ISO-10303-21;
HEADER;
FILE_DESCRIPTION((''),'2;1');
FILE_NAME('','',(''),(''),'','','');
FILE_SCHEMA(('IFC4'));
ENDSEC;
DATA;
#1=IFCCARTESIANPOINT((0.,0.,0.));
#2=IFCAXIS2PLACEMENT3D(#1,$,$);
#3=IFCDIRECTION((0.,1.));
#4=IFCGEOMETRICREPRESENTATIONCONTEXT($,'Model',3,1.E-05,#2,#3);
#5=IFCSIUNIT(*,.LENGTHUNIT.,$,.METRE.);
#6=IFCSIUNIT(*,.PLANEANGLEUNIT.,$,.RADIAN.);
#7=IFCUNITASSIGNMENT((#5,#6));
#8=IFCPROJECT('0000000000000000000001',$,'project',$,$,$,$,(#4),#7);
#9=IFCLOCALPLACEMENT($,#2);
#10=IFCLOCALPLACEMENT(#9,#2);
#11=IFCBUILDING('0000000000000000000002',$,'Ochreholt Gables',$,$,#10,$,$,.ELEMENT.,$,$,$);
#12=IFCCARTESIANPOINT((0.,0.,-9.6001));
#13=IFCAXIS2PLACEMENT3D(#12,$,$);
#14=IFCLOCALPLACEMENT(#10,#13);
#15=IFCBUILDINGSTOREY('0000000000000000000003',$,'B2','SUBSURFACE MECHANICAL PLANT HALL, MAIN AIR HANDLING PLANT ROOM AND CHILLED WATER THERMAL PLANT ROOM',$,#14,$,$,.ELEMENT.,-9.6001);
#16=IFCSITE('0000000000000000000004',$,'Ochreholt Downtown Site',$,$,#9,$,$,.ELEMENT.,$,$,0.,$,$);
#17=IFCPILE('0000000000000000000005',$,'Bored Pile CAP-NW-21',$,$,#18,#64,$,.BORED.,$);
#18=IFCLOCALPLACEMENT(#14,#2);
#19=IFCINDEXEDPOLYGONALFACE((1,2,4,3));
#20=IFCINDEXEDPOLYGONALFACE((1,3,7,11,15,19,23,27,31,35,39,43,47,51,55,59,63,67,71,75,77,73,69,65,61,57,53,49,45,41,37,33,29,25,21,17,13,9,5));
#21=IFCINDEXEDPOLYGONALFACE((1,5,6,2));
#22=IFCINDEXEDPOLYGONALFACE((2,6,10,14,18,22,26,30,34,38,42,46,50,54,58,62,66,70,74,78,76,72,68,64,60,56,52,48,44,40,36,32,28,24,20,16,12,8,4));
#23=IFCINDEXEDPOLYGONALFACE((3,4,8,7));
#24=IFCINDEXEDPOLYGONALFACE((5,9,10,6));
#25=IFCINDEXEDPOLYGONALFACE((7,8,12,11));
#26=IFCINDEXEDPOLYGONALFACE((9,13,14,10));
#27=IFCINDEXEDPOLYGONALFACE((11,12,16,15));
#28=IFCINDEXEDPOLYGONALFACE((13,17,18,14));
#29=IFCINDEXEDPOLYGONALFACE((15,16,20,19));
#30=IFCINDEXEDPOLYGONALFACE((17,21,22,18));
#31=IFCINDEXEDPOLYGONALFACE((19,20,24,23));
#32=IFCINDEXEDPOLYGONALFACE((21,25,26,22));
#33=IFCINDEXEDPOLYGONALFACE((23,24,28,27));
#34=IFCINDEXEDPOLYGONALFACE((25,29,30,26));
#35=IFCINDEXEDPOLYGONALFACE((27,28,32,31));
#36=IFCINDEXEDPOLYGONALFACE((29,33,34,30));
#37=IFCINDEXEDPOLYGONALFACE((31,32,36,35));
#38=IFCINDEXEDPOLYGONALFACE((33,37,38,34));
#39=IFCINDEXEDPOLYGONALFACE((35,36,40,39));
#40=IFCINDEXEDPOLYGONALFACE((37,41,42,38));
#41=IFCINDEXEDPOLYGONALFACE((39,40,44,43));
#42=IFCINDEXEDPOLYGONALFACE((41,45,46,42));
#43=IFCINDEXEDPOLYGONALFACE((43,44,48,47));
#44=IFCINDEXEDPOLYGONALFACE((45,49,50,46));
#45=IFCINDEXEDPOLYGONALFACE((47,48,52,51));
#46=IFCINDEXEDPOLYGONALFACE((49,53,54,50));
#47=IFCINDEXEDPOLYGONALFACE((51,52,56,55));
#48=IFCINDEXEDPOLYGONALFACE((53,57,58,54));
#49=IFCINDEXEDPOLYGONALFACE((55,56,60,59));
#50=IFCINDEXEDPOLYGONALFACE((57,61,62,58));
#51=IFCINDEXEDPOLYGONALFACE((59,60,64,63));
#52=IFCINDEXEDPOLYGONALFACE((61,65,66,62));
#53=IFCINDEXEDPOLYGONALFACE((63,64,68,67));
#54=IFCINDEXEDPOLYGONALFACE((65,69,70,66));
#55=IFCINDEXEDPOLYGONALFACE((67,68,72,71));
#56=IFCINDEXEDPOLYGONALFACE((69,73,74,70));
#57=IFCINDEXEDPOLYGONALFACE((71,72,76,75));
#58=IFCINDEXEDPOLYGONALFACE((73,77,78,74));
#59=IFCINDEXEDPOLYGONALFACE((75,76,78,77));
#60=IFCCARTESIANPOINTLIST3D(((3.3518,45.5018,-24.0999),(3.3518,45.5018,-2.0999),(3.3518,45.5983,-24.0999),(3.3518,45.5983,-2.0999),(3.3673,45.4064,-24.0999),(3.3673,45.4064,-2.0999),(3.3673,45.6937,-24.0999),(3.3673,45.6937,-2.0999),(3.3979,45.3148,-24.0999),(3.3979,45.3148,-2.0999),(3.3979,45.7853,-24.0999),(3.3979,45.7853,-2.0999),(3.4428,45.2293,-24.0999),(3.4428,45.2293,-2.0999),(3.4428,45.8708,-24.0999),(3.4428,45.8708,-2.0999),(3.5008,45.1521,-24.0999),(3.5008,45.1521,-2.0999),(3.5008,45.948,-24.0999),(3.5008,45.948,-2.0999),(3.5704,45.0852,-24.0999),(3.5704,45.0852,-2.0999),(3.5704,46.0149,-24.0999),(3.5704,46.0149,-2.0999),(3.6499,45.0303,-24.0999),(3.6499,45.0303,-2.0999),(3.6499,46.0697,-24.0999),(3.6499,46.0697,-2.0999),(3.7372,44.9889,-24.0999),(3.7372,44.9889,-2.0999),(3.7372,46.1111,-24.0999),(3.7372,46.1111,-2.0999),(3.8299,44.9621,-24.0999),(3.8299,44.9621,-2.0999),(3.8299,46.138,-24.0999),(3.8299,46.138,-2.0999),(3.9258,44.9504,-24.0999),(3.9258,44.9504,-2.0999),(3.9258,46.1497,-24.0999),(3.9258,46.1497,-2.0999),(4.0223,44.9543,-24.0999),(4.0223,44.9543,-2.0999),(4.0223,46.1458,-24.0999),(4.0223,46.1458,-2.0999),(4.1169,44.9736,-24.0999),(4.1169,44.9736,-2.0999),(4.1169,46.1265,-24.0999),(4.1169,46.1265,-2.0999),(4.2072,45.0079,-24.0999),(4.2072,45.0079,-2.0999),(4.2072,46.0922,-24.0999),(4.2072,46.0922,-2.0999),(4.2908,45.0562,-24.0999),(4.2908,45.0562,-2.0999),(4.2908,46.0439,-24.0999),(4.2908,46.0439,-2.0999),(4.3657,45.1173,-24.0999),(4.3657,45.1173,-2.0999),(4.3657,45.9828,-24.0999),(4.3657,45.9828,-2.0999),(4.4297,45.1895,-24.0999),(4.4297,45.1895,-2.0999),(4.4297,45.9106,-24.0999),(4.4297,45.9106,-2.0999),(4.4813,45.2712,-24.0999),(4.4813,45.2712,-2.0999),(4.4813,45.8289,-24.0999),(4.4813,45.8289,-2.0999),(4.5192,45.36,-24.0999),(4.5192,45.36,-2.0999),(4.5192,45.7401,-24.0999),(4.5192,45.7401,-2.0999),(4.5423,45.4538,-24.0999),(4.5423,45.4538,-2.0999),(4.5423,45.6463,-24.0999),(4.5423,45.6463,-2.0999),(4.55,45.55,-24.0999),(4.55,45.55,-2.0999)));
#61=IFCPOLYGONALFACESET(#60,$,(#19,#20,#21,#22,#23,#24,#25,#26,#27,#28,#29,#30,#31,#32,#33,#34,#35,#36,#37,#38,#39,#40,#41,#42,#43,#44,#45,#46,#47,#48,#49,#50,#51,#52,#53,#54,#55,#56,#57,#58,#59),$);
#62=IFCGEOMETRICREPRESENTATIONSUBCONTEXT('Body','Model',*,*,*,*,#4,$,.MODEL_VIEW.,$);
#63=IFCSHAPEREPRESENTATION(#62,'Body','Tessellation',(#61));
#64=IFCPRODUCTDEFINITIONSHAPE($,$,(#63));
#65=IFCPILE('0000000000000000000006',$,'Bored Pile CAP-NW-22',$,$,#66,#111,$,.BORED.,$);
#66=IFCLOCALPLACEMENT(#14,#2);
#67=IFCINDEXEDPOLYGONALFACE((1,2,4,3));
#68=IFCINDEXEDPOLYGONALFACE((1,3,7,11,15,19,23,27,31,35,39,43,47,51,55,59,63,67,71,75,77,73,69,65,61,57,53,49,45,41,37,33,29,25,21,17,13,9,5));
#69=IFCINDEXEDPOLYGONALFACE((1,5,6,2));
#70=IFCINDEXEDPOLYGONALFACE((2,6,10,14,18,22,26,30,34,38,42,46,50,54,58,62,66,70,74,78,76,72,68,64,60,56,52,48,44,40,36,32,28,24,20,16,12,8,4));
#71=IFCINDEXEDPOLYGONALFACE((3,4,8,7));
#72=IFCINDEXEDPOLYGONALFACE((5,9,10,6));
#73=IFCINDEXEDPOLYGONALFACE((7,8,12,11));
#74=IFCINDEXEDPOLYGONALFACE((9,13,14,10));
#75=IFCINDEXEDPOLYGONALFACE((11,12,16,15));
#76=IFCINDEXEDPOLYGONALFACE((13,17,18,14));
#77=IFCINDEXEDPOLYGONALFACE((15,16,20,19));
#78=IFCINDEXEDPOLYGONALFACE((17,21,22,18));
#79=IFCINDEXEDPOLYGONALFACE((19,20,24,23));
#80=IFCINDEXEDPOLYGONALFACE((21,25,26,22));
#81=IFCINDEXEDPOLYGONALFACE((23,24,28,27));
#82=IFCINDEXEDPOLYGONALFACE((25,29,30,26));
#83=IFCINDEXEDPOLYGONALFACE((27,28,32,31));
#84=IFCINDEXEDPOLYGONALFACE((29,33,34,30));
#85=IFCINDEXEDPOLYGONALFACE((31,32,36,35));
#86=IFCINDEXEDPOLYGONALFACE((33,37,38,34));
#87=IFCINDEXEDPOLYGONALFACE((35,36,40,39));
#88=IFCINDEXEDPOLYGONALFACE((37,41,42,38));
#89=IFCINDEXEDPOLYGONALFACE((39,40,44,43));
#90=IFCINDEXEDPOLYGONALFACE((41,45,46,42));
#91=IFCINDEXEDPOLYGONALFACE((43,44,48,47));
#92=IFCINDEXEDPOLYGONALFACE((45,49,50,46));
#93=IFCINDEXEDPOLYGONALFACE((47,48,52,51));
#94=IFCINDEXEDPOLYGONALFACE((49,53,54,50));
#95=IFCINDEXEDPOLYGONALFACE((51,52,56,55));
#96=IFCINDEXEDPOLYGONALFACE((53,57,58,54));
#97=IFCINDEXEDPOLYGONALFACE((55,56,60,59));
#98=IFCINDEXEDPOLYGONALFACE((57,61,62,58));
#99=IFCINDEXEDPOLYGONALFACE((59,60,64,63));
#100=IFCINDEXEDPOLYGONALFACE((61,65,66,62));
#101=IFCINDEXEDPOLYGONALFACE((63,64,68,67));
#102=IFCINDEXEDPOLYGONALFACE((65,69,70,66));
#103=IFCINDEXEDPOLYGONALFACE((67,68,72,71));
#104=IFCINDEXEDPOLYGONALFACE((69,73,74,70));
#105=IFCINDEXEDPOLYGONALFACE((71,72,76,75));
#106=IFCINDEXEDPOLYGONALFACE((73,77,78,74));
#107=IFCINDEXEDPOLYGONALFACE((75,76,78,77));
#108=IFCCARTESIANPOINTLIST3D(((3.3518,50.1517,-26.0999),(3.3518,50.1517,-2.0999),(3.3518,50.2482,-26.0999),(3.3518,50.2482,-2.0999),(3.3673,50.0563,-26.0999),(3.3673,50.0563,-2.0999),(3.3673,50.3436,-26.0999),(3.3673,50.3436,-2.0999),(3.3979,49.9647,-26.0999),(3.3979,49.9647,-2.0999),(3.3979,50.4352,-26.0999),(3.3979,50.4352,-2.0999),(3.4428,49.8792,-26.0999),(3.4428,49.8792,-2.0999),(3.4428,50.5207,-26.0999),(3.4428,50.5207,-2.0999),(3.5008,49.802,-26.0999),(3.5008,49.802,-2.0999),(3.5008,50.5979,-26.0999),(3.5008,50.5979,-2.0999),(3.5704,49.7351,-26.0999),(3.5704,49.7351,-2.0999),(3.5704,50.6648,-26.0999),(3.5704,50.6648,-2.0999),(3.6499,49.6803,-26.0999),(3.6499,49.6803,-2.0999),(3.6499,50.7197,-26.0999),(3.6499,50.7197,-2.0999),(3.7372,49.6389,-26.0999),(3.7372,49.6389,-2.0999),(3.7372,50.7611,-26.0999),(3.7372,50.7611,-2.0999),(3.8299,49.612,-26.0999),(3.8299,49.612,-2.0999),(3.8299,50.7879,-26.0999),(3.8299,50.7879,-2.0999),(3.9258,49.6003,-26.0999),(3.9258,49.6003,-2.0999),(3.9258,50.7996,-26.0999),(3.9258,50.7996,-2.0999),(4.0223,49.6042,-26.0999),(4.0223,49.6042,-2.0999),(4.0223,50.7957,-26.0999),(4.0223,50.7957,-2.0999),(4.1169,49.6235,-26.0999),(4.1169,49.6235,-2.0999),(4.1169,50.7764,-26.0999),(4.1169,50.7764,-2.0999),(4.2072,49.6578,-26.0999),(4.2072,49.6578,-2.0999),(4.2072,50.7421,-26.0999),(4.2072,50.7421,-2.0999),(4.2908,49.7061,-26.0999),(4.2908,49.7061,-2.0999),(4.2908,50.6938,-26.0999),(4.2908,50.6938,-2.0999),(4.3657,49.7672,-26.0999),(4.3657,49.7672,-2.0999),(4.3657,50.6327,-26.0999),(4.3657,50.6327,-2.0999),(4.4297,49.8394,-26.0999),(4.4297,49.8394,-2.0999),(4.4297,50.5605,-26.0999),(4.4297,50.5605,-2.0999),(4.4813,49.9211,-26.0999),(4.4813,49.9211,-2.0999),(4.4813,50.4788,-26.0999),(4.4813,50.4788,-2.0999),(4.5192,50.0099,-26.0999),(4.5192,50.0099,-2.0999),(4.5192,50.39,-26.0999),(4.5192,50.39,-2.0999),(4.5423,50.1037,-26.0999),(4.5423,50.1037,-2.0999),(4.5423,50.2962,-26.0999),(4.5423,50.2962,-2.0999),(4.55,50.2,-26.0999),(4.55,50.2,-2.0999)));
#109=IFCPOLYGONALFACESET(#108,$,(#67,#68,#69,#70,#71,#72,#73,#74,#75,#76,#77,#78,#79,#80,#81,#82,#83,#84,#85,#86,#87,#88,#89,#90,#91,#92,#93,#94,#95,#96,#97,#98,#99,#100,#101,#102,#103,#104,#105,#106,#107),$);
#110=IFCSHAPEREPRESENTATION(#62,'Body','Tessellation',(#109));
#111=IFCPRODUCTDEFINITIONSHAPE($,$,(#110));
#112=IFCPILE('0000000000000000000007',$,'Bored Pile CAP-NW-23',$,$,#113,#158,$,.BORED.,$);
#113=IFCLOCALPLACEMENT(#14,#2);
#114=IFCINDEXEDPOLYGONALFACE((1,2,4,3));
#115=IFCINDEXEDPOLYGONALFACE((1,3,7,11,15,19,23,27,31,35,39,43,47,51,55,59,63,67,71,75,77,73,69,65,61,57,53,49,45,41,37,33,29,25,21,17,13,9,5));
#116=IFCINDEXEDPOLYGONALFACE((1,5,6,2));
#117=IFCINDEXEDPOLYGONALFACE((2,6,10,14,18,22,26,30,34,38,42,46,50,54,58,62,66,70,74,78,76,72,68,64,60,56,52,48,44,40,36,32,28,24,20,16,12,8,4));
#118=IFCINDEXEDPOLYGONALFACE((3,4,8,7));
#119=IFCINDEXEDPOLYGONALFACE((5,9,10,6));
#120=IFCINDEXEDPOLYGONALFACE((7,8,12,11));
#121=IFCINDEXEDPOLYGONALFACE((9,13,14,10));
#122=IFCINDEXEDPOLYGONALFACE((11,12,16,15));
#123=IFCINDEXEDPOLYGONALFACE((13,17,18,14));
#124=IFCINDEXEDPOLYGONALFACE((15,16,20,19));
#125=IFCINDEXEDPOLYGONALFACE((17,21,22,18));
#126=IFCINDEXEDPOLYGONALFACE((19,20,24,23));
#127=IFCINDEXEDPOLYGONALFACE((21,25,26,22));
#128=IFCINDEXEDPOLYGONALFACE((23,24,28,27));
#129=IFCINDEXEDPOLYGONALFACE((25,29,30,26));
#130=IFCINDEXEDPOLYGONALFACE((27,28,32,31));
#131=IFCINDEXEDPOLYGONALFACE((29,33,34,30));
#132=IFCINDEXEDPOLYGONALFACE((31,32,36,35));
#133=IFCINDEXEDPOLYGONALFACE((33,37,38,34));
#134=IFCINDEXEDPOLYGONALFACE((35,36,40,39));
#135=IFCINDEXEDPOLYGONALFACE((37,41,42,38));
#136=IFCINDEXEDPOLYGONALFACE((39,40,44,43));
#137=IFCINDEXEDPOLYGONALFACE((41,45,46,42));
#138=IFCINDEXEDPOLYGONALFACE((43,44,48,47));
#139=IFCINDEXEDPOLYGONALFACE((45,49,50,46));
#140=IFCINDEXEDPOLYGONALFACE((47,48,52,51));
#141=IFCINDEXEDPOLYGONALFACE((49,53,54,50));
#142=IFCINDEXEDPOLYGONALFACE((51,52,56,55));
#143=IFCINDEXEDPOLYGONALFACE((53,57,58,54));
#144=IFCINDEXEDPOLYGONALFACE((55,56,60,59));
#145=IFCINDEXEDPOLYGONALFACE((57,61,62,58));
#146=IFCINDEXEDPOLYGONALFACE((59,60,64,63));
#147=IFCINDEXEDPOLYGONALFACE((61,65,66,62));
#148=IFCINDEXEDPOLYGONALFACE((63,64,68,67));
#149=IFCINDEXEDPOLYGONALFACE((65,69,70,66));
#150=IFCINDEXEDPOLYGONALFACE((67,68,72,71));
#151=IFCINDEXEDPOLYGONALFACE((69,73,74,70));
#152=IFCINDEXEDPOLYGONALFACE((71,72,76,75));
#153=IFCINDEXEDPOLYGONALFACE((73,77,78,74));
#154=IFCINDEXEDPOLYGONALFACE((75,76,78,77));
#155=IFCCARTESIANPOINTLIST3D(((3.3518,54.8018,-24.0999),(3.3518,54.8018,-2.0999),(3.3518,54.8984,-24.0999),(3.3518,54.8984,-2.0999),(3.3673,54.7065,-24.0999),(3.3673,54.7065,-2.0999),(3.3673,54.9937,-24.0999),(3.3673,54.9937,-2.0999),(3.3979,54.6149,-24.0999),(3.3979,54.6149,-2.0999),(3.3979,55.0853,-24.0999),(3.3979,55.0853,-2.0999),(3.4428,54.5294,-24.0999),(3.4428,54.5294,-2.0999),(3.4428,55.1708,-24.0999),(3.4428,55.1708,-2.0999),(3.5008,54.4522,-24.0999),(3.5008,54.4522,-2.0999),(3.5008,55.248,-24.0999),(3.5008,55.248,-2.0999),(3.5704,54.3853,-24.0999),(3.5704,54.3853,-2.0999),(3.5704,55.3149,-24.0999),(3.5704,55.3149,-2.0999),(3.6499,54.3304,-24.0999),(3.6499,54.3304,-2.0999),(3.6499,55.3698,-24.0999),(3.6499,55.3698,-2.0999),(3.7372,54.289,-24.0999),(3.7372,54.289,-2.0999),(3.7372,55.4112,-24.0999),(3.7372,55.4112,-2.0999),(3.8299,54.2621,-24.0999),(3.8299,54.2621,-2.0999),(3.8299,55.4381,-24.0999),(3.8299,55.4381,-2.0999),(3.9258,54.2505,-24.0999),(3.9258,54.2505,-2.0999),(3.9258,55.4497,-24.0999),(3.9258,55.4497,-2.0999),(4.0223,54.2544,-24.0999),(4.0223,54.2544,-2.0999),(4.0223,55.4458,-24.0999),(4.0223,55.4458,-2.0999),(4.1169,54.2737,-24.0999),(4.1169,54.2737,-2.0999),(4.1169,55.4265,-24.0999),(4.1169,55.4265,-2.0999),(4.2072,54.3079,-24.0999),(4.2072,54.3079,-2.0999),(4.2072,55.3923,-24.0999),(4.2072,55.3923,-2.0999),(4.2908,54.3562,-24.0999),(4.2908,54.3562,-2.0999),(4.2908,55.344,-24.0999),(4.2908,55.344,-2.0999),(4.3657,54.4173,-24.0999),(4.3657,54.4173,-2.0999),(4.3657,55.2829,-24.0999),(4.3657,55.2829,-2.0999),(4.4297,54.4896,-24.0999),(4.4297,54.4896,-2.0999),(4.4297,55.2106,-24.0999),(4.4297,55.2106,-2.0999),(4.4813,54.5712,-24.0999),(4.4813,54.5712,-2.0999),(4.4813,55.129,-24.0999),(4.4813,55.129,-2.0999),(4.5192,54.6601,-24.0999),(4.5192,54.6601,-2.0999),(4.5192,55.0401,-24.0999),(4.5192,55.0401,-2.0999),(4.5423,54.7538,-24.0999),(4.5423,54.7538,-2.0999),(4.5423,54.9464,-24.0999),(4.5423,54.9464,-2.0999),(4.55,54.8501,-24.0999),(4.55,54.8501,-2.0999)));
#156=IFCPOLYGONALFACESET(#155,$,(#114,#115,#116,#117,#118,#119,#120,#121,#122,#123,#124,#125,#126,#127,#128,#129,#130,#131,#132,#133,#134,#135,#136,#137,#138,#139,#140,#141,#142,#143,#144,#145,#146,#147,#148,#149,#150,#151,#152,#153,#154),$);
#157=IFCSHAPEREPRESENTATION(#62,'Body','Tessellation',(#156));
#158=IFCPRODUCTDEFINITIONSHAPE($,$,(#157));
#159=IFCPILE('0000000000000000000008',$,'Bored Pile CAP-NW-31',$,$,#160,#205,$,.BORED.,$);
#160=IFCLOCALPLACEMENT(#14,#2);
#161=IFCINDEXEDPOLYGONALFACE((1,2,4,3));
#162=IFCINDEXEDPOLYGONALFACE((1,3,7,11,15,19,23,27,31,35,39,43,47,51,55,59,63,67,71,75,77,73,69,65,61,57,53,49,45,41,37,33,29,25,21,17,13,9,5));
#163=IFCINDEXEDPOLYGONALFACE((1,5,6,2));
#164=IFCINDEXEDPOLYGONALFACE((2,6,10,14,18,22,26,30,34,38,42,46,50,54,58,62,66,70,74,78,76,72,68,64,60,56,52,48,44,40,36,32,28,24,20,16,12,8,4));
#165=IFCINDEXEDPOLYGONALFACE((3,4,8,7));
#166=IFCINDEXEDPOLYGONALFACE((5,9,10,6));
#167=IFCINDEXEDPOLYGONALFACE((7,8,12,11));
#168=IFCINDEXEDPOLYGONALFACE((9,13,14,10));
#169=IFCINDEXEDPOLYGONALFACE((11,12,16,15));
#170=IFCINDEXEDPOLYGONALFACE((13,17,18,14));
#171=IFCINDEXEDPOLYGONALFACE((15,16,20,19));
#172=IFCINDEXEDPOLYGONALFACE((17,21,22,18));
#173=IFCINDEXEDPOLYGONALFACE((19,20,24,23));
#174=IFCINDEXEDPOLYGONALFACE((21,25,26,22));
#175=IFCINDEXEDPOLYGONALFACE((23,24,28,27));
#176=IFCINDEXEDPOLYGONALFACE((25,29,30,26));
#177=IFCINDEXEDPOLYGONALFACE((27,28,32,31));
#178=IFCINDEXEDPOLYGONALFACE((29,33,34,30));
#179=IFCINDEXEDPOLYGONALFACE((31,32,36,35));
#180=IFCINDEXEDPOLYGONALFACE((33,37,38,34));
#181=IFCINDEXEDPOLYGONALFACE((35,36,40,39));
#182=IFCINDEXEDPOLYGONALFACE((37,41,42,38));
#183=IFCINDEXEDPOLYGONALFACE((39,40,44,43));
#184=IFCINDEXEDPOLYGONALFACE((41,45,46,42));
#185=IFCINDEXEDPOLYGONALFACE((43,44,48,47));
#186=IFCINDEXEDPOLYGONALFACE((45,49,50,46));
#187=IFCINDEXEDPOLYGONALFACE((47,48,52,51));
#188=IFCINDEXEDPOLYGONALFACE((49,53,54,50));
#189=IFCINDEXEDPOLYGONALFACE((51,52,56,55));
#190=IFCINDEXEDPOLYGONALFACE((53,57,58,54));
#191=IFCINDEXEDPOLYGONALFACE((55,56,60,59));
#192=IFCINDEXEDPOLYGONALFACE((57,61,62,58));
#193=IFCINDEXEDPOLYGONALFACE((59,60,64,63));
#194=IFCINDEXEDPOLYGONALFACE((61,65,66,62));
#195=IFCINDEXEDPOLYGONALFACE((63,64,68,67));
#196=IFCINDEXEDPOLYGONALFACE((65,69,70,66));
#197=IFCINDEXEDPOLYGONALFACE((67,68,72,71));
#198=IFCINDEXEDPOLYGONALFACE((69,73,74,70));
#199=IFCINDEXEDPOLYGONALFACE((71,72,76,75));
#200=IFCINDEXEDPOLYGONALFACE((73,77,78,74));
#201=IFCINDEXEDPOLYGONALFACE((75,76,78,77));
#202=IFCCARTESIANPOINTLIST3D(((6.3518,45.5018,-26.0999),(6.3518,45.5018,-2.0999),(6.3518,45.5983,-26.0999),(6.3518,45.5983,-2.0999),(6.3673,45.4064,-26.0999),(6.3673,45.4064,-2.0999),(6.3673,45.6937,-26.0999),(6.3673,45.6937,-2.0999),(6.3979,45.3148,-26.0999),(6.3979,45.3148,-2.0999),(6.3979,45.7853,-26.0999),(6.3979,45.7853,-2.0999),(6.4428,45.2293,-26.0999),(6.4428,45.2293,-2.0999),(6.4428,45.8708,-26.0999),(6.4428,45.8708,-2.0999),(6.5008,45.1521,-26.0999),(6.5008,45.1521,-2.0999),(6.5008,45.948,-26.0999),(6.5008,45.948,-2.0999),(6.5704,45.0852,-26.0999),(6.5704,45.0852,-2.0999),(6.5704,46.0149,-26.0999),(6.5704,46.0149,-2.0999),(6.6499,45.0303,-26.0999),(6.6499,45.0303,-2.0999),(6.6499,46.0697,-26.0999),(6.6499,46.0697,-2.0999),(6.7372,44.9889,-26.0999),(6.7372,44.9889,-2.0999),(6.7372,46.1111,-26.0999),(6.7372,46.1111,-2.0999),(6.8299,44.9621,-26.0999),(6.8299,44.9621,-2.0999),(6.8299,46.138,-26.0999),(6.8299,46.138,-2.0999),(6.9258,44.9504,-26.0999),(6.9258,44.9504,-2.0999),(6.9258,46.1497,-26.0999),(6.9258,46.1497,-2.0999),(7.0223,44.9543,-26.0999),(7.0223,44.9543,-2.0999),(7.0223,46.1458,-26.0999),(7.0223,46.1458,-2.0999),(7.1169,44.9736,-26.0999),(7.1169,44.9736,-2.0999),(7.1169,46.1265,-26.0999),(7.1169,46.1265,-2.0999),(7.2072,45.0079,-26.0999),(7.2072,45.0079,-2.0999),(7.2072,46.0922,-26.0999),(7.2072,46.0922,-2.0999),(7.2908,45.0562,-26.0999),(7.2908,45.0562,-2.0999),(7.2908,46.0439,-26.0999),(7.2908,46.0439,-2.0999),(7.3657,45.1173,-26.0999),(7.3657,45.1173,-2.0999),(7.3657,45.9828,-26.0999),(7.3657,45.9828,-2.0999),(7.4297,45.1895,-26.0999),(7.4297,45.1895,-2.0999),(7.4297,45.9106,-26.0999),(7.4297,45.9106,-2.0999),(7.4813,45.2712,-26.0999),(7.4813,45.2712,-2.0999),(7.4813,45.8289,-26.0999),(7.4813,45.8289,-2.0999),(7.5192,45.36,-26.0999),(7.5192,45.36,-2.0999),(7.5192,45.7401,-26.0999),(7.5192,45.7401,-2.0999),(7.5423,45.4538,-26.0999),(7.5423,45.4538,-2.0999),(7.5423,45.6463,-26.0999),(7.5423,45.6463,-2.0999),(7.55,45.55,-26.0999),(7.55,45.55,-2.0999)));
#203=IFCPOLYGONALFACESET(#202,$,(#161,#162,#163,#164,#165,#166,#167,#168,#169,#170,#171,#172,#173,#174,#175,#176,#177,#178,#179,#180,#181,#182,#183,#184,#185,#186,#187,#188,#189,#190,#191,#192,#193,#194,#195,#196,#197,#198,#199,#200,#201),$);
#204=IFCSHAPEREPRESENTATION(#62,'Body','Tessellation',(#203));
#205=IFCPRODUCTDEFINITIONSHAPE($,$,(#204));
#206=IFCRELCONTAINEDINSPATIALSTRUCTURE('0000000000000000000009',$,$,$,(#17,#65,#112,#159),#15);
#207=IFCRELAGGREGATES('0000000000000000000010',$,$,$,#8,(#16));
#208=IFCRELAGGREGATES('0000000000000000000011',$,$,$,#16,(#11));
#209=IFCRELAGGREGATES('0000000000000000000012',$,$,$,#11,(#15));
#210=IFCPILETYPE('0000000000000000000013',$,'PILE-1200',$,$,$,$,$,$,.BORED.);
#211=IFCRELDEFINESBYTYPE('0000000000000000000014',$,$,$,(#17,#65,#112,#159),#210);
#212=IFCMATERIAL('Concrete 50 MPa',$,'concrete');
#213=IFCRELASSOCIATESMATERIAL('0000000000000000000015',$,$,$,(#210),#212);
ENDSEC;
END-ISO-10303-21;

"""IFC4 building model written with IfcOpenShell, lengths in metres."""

from ifc_helpers import new_model, si_unit, direction, frame, origin, origin_2d, place, context, subcontext, project, spatial, circle, extrude, material, material_profile, profile_set, type_object, element, save


model = new_model("IFC4")

# Units and contexts
model_context = context("Model", 3, precision=1e-05, world=origin(), true_north=direction((0.0, 1.0)))
body_context = subcontext(model_context, "Body", "Model", "MODEL_VIEW")
ifc_project = project(units=[si_unit("LENGTHUNIT", "METRE"), si_unit("PLANEANGLEUNIT", "RADIAN")], contexts=[model_context])

# Site, building, storey
site_placement = place(None, origin())
site = spatial("IfcSite", under=ifc_project, at=site_placement, Name="Ochreholt Downtown Site", CompositionType="ELEMENT", RefElevation=0.0)
building_placement = place(site_placement, origin())
building = spatial("IfcBuilding", under=site, at=building_placement, Name="Ochreholt Gables", CompositionType="ELEMENT")
storey_placement = place(building_placement, frame((0.0, 0.0, -9.6001)))
storey = spatial("IfcBuildingStorey", under=building, at=storey_placement, Name="B2", Description="SUBSURFACE MECHANICAL PLANT HALL, MAIN AIR HANDLING PLANT ROOM AND CHILLED WATER THERMAL PLANT ROOM", CompositionType="ELEMENT", Elevation=-9.6001)

# Shared definitions
ifc_material_1 = material(Name="Concrete 50 MPa", Category="concrete")

# Piles
ifc_material_profile_1 = material_profile(ifc_material_1, circle(Radius=0.6001, at=origin_2d()), Name="PILE1200")
ifc_profile_set_1 = profile_set([ifc_material_profile_1], Name="Concrete 50 MPa")
pile_type = type_object("IfcPileType", Name="PILE-1200", PredefinedType="BORED", material=ifc_profile_set_1)
pile_1_placement = place(storey_placement, frame((3.95, 45.55, -2.0999), z_axis=(0.0, 0.0, -1.0), x_axis=(1.0, 0.0, 0.0)))
element("IfcPile", 1, at=pile_1_placement, inside=storey, type_object=pile_type, Name="Bored Pile CAP-NW-21", PredefinedType="BORED", context=body_context, shape_type="SweptSolid", body=[
    extrude(circle(Radius=0.6001, at=origin_2d()), origin(), (0.0, 0.0, 1.0), 22.0),
])
pile_2_placement = place(storey_placement, frame((3.95, 50.2, -2.0999), z_axis=(0.0, 0.0, -1.0), x_axis=(1.0, 0.0, 0.0)))
element("IfcPile", 2, at=pile_2_placement, inside=storey, type_object=pile_type, Name="Bored Pile CAP-NW-22", PredefinedType="BORED", context=body_context, shape_type="SweptSolid", body=[
    extrude(circle(Radius=0.6001, at=origin_2d()), origin(), (0.0, 0.0, 1.0), 24.0),
])
pile_3_placement = place(storey_placement, frame((3.95, 54.8501, -2.0999), z_axis=(0.0, 0.0, -1.0), x_axis=(1.0, 0.0, 0.0)))
element("IfcPile", 3, at=pile_3_placement, inside=storey, type_object=pile_type, Name="Bored Pile CAP-NW-23", PredefinedType="BORED", context=body_context, shape_type="SweptSolid", body=[
    extrude(circle(Radius=0.6001, at=origin_2d()), origin(), (0.0, 0.0, 1.0), 22.0),
])
pile_4_placement = place(storey_placement, frame((6.95, 45.55, -2.0999), z_axis=(0.0, 0.0, -1.0), x_axis=(1.0, 0.0, 0.0)))
element("IfcPile", 4, at=pile_4_placement, inside=storey, type_object=pile_type, Name="Bored Pile CAP-NW-31", PredefinedType="BORED", context=body_context, shape_type="SweptSolid", body=[
    extrude(circle(Radius=0.6001, at=origin_2d()), origin(), (0.0, 0.0, 1.0), 24.0),
])

save(model, "model.ifc")
